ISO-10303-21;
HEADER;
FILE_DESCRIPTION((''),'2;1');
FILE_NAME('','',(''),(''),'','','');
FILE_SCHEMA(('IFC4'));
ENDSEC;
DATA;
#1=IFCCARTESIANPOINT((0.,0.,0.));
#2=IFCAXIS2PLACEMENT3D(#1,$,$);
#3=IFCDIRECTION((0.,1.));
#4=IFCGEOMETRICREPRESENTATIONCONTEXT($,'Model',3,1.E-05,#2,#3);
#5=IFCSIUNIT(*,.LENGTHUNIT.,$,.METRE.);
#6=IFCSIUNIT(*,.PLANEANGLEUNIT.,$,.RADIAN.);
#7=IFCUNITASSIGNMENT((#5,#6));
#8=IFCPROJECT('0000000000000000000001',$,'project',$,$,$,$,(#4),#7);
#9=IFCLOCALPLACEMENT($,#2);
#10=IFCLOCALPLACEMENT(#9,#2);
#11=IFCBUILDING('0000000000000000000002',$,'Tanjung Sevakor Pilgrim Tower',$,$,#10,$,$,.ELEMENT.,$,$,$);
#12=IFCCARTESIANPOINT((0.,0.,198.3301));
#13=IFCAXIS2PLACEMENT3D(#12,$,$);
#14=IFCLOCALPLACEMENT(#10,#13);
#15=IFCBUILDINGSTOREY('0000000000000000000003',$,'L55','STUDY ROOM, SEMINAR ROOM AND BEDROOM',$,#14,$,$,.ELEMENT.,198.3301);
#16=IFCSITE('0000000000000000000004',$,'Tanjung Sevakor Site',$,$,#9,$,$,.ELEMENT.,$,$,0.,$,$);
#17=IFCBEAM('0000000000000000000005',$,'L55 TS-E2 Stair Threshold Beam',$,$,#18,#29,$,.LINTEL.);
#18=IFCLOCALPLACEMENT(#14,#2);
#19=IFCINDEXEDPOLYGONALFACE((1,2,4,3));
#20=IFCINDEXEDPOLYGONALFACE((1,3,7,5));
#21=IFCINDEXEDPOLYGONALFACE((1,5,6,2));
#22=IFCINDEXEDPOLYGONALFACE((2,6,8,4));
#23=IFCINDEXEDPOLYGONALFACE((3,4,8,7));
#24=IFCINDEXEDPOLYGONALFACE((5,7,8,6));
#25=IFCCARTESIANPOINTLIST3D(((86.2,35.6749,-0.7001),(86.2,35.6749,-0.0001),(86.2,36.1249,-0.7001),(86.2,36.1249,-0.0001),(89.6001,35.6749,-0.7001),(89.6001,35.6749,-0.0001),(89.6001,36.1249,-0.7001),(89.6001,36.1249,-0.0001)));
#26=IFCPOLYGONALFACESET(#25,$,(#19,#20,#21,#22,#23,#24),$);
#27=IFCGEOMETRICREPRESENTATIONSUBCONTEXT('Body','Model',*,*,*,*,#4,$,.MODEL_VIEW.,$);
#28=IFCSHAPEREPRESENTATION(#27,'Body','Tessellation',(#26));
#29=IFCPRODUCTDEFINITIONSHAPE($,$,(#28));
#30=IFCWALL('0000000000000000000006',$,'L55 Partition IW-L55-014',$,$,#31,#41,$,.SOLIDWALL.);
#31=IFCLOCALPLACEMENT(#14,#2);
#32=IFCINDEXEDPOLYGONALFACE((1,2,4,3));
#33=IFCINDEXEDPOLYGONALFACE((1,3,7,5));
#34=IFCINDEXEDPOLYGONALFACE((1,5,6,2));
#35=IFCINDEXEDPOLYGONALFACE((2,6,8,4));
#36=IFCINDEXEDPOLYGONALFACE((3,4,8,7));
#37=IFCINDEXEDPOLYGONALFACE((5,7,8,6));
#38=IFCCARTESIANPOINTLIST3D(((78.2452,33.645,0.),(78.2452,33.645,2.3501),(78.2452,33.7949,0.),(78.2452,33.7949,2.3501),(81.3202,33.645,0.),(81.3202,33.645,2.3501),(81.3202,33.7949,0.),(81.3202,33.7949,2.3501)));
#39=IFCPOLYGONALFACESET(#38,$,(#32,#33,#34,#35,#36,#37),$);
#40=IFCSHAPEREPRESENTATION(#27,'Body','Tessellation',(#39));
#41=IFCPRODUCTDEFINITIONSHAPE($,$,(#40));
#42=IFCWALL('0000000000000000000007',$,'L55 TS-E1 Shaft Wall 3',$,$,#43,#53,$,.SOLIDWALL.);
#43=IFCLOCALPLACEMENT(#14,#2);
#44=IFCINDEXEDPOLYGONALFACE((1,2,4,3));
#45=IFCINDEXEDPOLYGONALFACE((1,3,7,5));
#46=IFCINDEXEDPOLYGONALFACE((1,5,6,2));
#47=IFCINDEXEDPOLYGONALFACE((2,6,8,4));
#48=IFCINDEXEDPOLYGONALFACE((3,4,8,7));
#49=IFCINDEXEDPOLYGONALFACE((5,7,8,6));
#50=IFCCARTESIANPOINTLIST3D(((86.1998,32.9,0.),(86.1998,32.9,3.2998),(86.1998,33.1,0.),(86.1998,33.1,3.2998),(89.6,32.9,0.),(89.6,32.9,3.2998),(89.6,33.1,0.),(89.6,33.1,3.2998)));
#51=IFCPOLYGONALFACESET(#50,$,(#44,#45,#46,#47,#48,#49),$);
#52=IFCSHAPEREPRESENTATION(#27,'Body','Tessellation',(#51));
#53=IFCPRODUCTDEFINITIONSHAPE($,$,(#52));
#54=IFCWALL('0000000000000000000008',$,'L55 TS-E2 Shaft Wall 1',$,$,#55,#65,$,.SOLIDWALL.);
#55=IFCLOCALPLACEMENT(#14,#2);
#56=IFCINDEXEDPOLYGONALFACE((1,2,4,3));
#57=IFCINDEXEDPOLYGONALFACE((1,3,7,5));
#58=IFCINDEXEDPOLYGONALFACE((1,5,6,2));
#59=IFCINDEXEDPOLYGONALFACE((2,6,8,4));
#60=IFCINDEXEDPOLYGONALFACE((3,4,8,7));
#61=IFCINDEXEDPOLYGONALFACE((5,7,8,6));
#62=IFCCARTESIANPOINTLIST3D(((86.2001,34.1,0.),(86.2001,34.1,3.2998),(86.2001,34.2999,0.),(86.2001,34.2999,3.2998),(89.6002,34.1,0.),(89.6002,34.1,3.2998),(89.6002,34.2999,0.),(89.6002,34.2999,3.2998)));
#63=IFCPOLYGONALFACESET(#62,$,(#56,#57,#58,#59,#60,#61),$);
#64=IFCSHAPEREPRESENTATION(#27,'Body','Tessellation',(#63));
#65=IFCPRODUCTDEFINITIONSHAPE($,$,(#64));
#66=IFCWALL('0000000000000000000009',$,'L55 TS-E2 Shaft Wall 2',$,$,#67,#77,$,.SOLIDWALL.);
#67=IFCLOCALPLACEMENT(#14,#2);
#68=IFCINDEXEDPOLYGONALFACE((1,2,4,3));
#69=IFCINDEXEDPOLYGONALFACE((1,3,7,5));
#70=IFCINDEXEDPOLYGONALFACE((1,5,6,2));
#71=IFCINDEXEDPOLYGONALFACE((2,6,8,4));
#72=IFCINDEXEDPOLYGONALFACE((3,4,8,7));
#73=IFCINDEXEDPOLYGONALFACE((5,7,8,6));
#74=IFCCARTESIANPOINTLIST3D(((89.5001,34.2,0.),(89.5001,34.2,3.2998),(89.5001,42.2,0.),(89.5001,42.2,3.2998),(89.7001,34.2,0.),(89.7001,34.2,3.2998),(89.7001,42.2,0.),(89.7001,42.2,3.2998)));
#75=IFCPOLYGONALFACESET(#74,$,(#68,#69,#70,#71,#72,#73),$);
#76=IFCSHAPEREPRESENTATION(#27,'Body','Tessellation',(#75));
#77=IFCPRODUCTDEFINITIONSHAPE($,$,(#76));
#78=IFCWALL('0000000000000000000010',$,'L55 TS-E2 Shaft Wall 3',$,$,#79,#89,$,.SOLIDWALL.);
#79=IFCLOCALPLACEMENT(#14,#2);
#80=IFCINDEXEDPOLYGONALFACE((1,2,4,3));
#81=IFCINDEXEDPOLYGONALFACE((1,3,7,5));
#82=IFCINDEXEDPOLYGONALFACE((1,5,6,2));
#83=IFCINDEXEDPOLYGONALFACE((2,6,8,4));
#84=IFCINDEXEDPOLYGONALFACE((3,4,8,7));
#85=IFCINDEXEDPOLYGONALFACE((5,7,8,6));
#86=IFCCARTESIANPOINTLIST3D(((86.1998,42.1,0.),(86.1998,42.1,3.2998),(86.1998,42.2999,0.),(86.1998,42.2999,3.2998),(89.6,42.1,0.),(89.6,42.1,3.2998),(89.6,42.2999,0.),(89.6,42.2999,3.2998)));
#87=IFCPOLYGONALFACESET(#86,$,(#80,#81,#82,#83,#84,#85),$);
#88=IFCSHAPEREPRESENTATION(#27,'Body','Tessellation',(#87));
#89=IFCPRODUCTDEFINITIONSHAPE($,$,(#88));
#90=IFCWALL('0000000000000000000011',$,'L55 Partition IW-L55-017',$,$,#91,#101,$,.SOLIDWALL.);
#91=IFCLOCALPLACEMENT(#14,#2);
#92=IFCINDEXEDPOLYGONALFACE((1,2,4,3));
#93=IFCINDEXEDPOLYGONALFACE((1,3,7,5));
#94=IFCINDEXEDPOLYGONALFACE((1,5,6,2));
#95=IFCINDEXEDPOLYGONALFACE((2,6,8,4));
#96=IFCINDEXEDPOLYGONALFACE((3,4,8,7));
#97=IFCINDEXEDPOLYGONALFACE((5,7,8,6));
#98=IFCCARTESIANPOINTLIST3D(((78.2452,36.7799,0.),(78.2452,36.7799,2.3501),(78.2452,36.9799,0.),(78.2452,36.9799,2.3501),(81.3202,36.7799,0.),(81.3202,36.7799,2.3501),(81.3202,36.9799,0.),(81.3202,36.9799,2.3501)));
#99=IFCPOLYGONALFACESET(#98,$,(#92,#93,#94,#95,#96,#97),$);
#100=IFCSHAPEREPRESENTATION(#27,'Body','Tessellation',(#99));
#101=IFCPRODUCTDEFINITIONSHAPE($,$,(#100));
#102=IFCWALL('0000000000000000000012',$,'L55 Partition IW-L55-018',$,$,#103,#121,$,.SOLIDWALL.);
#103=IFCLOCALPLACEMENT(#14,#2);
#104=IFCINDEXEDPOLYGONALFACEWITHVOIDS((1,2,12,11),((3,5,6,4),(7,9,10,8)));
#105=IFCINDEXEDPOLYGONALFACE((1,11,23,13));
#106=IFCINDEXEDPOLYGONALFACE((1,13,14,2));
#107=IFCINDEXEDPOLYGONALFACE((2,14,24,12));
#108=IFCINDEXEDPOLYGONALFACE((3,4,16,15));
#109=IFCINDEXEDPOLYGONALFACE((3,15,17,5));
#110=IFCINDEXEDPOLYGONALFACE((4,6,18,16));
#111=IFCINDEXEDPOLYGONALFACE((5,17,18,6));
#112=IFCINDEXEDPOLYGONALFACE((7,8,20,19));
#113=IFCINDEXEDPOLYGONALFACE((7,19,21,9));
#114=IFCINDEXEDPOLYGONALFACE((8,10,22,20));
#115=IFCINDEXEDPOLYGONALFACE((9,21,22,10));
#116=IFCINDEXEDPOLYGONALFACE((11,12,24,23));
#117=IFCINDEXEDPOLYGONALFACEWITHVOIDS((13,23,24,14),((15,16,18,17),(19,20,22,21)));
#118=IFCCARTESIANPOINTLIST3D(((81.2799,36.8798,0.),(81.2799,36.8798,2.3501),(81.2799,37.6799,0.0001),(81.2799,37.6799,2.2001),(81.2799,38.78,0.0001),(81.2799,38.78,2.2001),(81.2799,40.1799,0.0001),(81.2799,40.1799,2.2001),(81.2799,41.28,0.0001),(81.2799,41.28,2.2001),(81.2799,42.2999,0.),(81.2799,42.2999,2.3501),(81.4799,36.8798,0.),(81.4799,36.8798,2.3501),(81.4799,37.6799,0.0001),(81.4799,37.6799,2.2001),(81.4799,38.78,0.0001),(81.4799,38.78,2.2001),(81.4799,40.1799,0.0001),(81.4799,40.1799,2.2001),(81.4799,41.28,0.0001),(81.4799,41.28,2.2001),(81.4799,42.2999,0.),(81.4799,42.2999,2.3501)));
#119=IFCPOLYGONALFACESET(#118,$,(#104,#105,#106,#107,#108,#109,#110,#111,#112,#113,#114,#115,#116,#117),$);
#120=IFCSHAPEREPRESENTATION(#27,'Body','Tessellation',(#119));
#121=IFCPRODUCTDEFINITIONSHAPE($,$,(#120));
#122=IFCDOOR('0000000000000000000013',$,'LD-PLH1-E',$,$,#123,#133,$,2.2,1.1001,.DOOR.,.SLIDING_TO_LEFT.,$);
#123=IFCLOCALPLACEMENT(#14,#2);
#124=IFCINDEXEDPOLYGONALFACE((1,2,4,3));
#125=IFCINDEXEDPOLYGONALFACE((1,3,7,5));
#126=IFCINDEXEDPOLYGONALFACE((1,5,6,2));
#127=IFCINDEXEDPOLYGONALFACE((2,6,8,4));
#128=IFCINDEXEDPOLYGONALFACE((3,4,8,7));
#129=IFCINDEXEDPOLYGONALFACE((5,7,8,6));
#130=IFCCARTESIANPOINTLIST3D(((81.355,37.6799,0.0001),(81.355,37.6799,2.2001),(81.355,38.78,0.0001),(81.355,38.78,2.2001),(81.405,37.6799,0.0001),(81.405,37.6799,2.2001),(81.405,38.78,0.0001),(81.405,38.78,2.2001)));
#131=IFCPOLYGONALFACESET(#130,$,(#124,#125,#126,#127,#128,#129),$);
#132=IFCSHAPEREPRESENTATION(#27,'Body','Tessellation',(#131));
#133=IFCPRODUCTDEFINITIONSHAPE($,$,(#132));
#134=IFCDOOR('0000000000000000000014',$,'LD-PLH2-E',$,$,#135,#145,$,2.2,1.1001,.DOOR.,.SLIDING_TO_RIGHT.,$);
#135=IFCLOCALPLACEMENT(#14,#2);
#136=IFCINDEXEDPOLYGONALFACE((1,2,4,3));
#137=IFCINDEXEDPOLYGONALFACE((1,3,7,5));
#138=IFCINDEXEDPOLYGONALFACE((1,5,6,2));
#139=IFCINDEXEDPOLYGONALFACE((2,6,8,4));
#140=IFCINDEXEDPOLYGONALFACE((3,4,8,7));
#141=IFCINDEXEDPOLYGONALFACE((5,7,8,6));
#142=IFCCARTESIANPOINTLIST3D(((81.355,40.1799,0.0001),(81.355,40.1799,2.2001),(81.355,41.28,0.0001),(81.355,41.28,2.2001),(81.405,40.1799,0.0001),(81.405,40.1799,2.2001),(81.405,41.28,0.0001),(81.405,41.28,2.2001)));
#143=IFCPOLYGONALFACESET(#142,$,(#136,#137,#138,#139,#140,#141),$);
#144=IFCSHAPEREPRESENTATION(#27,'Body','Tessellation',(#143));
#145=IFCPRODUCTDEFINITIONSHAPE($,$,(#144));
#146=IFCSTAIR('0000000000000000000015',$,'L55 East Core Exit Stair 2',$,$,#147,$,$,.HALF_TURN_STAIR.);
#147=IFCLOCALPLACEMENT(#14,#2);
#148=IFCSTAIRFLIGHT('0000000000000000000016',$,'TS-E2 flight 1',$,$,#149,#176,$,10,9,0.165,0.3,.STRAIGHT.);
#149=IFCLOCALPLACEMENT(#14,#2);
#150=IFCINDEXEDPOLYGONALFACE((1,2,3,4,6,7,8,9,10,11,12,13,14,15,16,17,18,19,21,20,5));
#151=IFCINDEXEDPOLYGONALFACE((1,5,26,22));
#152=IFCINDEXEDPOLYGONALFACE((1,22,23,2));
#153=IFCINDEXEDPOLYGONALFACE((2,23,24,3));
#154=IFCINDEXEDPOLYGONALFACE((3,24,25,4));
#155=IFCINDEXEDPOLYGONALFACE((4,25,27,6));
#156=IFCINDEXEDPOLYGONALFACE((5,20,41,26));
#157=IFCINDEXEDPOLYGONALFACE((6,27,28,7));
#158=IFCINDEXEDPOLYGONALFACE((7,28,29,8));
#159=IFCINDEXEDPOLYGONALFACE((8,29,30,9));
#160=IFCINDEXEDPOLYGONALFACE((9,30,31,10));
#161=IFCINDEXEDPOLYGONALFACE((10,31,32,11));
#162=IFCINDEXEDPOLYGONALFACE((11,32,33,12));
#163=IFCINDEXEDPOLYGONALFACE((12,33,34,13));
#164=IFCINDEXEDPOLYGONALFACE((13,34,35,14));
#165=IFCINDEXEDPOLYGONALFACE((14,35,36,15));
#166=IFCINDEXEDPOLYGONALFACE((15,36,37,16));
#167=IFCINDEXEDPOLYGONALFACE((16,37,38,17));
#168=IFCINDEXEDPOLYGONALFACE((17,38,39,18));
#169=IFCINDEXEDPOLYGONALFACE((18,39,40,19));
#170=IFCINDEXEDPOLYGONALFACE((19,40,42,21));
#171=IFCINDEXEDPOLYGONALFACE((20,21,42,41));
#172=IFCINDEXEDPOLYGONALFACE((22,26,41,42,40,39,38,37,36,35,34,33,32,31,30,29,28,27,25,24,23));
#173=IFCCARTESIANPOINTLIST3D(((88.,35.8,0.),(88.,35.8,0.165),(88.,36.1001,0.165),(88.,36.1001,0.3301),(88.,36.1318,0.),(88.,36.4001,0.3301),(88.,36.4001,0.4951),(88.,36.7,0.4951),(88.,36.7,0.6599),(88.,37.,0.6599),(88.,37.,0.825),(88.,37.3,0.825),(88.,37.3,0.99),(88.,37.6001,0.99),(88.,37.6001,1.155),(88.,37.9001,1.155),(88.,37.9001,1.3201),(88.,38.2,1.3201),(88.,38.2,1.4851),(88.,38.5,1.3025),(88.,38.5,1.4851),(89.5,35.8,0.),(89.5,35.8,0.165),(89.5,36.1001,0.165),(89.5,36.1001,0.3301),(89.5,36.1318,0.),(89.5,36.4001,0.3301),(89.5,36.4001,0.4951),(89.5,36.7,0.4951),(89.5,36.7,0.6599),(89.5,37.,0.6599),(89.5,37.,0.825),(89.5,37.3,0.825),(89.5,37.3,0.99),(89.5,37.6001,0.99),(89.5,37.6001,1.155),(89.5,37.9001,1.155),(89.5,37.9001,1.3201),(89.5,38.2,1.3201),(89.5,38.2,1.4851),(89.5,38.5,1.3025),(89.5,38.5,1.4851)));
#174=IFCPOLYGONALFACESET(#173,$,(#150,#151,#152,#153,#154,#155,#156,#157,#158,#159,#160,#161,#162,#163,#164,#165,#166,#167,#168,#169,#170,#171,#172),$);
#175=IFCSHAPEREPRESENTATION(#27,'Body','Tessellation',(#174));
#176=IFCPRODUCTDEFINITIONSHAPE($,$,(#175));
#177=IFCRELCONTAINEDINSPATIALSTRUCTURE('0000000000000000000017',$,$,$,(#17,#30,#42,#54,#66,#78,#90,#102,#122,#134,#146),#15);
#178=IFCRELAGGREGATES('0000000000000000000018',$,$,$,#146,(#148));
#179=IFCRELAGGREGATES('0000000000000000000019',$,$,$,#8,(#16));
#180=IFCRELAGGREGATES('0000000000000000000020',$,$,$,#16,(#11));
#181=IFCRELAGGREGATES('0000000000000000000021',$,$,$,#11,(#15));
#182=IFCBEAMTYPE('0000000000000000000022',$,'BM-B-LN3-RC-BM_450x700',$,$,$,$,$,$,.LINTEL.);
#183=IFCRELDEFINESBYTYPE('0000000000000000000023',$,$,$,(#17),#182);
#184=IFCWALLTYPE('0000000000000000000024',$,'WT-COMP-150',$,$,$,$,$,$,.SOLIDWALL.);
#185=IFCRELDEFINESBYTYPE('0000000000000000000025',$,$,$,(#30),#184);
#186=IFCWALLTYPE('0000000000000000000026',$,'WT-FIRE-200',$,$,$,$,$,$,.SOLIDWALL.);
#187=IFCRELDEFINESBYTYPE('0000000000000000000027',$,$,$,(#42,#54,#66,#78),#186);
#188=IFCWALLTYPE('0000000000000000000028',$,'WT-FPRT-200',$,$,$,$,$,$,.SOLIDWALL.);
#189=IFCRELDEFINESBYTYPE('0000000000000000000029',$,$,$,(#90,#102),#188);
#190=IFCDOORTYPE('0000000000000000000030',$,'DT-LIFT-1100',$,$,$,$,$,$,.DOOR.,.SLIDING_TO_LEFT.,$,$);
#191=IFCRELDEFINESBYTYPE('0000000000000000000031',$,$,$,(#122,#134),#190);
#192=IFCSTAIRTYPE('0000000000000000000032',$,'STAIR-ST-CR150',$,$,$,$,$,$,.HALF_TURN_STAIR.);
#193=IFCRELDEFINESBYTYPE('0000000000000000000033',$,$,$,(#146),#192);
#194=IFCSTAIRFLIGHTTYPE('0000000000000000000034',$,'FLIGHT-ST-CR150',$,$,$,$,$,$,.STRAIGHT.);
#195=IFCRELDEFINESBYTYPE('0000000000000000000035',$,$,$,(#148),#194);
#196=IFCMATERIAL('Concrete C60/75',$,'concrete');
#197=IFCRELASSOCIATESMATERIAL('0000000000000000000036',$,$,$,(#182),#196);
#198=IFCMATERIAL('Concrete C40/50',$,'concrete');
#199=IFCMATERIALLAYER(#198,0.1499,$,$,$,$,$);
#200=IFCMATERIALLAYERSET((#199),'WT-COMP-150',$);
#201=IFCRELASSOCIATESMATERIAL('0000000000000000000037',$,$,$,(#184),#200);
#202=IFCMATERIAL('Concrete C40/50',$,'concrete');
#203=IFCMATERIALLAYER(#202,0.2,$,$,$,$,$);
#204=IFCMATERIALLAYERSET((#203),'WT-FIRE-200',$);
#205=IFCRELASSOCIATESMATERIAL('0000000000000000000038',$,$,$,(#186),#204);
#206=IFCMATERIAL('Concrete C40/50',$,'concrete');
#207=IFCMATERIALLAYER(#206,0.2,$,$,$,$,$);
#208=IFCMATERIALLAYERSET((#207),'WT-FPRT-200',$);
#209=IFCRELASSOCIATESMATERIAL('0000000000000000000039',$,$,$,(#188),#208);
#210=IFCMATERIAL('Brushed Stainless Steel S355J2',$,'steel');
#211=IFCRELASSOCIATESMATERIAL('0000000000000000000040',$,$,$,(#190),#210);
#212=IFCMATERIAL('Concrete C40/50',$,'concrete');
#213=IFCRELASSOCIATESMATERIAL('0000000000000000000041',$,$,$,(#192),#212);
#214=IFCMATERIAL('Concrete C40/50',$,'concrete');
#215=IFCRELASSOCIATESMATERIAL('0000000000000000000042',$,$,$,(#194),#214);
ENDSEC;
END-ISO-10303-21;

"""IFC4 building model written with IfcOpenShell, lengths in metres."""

from ifc_helpers import new_model, si_unit, direction, frame, frame_2d, origin, origin_2d, place, context, subcontext, project, spatial, polyline, rectangle, outline, extrude, material, layer, layer_set, material_profile, profile_set, type_object, element, fill, aggregate, save


model = new_model("IFC4")

# Units and contexts
model_context = context("Model", 3, precision=1e-05, world=origin(), true_north=direction((0.0, 1.0)))
body_context = subcontext(model_context, "Body", "Model", "MODEL_VIEW")
ifc_project = project(units=[si_unit("LENGTHUNIT", "METRE"), si_unit("PLANEANGLEUNIT", "RADIAN")], contexts=[model_context])

# Site, building, storey
site_placement = place(None, origin())
site = spatial("IfcSite", under=ifc_project, at=site_placement, Name="Tanjung Sevakor Site", CompositionType="ELEMENT", RefElevation=0.0)
building_placement = place(site_placement, origin())
building = spatial("IfcBuilding", under=site, at=building_placement, Name="Tanjung Sevakor Pilgrim Tower", CompositionType="ELEMENT")
storey_placement = place(building_placement, frame((0.0, 0.0, 198.3301)))
storey = spatial("IfcBuildingStorey", under=building, at=storey_placement, Name="L55", Description="STUDY ROOM, SEMINAR ROOM AND BEDROOM", CompositionType="ELEMENT", Elevation=198.3301)

# Beam
ifc_material_1 = material(Name="Concrete C60/75", Category="concrete")
ifc_material_profile = material_profile(ifc_material_1, rectangle(XDim=0.45, YDim=0.7, at=origin_2d()))
ifc_profile_set = profile_set([ifc_material_profile], Name="Concrete C60/75")
beam_type = type_object("IfcBeamType", Name="BM-B-LN3-RC-BM_450x700", PredefinedType="LINTEL", material=ifc_profile_set)
beam_placement = place(storey_placement, frame((86.2, 35.8999, -0.3501), z_axis=(1.0, 0.0, 0.0), x_axis=(0.0, 1.0, 0.0)))
element("IfcBeam", 1, at=beam_placement, inside=storey, type_object=beam_type, Name="L55 TS-E2 Stair Threshold Beam", PredefinedType="LINTEL", context=body_context, shape_type="SweptSolid", body=[
    extrude(rectangle(XDim=0.45, YDim=0.7, at=origin_2d()), origin(), (0.0, 0.0, 1.0), 3.4001),
])

# Wall
ifc_material_2 = material(Name="Concrete C40/50", Category="concrete")
ifc_layer_1 = layer(ifc_material_2, 0.1499)
ifc_layer_set_1 = layer_set([ifc_layer_1], Name="WT-COMP-150")
wall_type_1 = type_object("IfcWallType", Name="WT-COMP-150", PredefinedType="SOLIDWALL", material=ifc_layer_set_1)
wall_1_placement = place(storey_placement, frame((78.2451, 33.72, 0.0), z_axis=(0.0, 0.0, 1.0), x_axis=(1.0, 0.0, 0.0)))
element("IfcWall", 2, at=wall_1_placement, inside=storey, type_object=wall_type_1, Name="L55 Partition IW-L55-014", PredefinedType="SOLIDWALL", context=body_context, shape_type="SweptSolid", body=[
    extrude(rectangle(XDim=3.075, YDim=0.1499, at=frame_2d((1.5376, 0.0))), origin(), (0.0, 0.0, 1.0), 2.3501),
])

# Walls
ifc_material_3 = material(Name="Concrete C40/50", Category="concrete")
ifc_layer_2 = layer(ifc_material_3, 0.2)
ifc_layer_set_2 = layer_set([ifc_layer_2], Name="WT-FIRE-200")
wall_type_2 = type_object("IfcWallType", Name="WT-FIRE-200", PredefinedType="SOLIDWALL", material=ifc_layer_set_2)
for number, where, z_axis, x_axis, name in (
    (3, (89.6001, 33.0, 0.0), (0.0, 0.0, 1.0), (-1.0, 0.0, 0.0), "L55 TS-E1 Shaft Wall 3"),
    (4, (86.2, 34.2, 0.0), (0.0, 0.0, 1.0), (1.0, 0.0, 0.0), "L55 TS-E2 Shaft Wall 1"),
):
    element("IfcWall", number, at=place(storey_placement, frame(where, z_axis=z_axis, x_axis=x_axis)), inside=storey, type_object=wall_type_2, Name=name, PredefinedType="SOLIDWALL", context=body_context, shape_type="SweptSolid", body=[
        extrude(rectangle(XDim=3.4001, YDim=0.2, at=frame_2d((1.7002, 0.0))), origin(), (0.0, 0.0, 1.0), 3.2998),
    ])
wall_2_placement = place(storey_placement, frame((89.6001, 34.2, 0.0), z_axis=(0.0, 0.0, 1.0), x_axis=(0.0, 1.0, 0.0)))
element("IfcWall", 5, at=wall_2_placement, inside=storey, type_object=wall_type_2, Name="L55 TS-E2 Shaft Wall 2", PredefinedType="SOLIDWALL", context=body_context, shape_type="SweptSolid", body=[
    extrude(rectangle(XDim=8.0, YDim=0.2, at=frame_2d((4.0, 0.0))), origin(), (0.0, 0.0, 1.0), 3.2998),
])
wall_3_placement = place(storey_placement, frame((89.6001, 42.2, 0.0), z_axis=(0.0, 0.0, 1.0), x_axis=(-1.0, 0.0, 0.0)))
element("IfcWall", 6, at=wall_3_placement, inside=storey, type_object=wall_type_2, Name="L55 TS-E2 Shaft Wall 3", PredefinedType="SOLIDWALL", context=body_context, shape_type="SweptSolid", body=[
    extrude(rectangle(XDim=3.4001, YDim=0.2, at=frame_2d((1.7002, 0.0))), origin(), (0.0, 0.0, 1.0), 3.2998),
])
ifc_material_4 = material(Name="Concrete C40/50", Category="concrete")
ifc_layer_3 = layer(ifc_material_4, 0.2)
ifc_layer_set_3 = layer_set([ifc_layer_3], Name="WT-FPRT-200")
wall_type_3 = type_object("IfcWallType", Name="WT-FPRT-200", PredefinedType="SOLIDWALL", material=ifc_layer_set_3)
wall_4_placement = place(storey_placement, frame((78.2451, 36.8799, 0.0), z_axis=(0.0, 0.0, 1.0), x_axis=(1.0, 0.0, 0.0)))
element("IfcWall", 7, at=wall_4_placement, inside=storey, type_object=wall_type_3, Name="L55 Partition IW-L55-017", PredefinedType="SOLIDWALL", context=body_context, shape_type="SweptSolid", body=[
    extrude(rectangle(XDim=3.075, YDim=0.2, at=frame_2d((1.5376, 0.0))), origin(), (0.0, 0.0, 1.0), 2.3501),
])

# Wall, openings, doors
wall_5_placement = place(storey_placement, frame((81.3799, 36.8799, 0.0), z_axis=(0.0, 0.0, 1.0), x_axis=(0.0, 1.0, 0.0)))
wall_5 = element("IfcWall", 8, at=wall_5_placement, inside=storey, type_object=wall_type_3, Name="L55 Partition IW-L55-018", PredefinedType="SOLIDWALL", context=body_context, shape_type="SweptSolid", body=[
    extrude(rectangle(XDim=5.4202, YDim=0.2, at=frame_2d((2.71, 0.0))), origin(), (0.0, 0.0, 1.0), 2.3501),
])
opening_1_placement = place(wall_5_placement, frame((0.8, 0.0, 0.0)))
opening_1 = element("IfcOpeningElement", 9, at=opening_1_placement, cuts=wall_5, PredefinedType="OPENING", context=body_context, shape_type="SweptSolid", body=[
    extrude(rectangle(XDim=1.1001, YDim=2.2, at=frame_2d((0.55, 1.1001))), frame((0.0, 0.1099, 0.0), z_axis=(0.0, -1.0, 0.0), x_axis=(1.0, 0.0, 0.0)), (0.0, 0.0, 1.0), 0.22),
])
opening_2_placement = place(wall_5_placement, frame((3.3, 0.0, 0.0)))
opening_2 = element("IfcOpeningElement", 10, at=opening_2_placement, cuts=wall_5, PredefinedType="OPENING", context=body_context, shape_type="SweptSolid", body=[
    extrude(rectangle(XDim=1.1001, YDim=2.2, at=frame_2d((0.55, 1.1001))), frame((0.0, 0.1099, 0.0), z_axis=(0.0, -1.0, 0.0), x_axis=(1.0, 0.0, 0.0)), (0.0, 0.0, 1.0), 0.22),
])
ifc_material_5 = material(Name="Brushed Stainless Steel S355J2", Category="steel")
door_type_1 = type_object("IfcDoorType", Name="DT-LIFT-1100", OperationType="SLIDING_TO_LEFT", PredefinedType="DOOR", material=ifc_material_5)
door_1_placement = place(opening_1_placement, origin())
door_1 = element("IfcDoor", 11, at=door_1_placement, inside=storey, type_object=door_type_1, Name="LD-PLH1-E", OperationType="SLIDING_TO_LEFT", OverallHeight=2.2, OverallWidth=1.1001, PredefinedType="DOOR", context=body_context, shape_type="SweptSolid", body=[
    extrude(rectangle(XDim=1.1001, YDim=2.2, at=frame_2d((0.55, 1.1001))), frame((0.0, 0.0249, 0.0), z_axis=(0.0, -1.0, 0.0), x_axis=(1.0, 0.0, 0.0)), (0.0, 0.0, 1.0), 0.05),
])
fill(opening_1, door_1)
door_2_placement = place(opening_2_placement, origin())
door_2 = element("IfcDoor", 12, at=door_2_placement, inside=storey, type_object=door_type_1, Name="LD-PLH2-E", OperationType="SLIDING_TO_RIGHT", OverallHeight=2.2, OverallWidth=1.1001, PredefinedType="DOOR", context=body_context, shape_type="SweptSolid", body=[
    extrude(rectangle(XDim=1.1001, YDim=2.2, at=frame_2d((0.55, 1.1001))), frame((0.0, 0.0249, 0.0), z_axis=(0.0, -1.0, 0.0), x_axis=(1.0, 0.0, 0.0)), (0.0, 0.0, 1.0), 0.05),
])
fill(opening_2, door_2)

# Stair, stair flight
ifc_material_6 = material(Name="Concrete C40/50", Category="concrete")
stair_type = type_object("IfcStairType", Name="STAIR-ST-CR150", PredefinedType="HALF_TURN_STAIR", material=ifc_material_6)
stair_placement = place(storey_placement, origin())
stair = element("IfcStair", 13, at=stair_placement, inside=storey, type_object=stair_type, Name="L55 East Core Exit Stair 2", PredefinedType="HALF_TURN_STAIR")
ifc_material_7 = material(Name="Concrete C40/50", Category="concrete")
stair_flight_type = type_object("IfcStairFlightType", Name="FLIGHT-ST-CR150", PredefinedType="STRAIGHT", material=ifc_material_7)
stair_flight_1_placement = place(storey_placement, frame((88.75, 35.8, 0.0), z_axis=(0.0, 0.0, 1.0), x_axis=(0.0, 1.0, 0.0)))
stair_flight_1 = element("IfcStairFlight", 14, at=stair_flight_1_placement, type_object=stair_flight_type, Name="TS-E2 flight 1", NumberOfRisers=10, NumberOfTreads=9, PredefinedType="STRAIGHT", RiserHeight=0.165, TreadLength=0.3, context=body_context, shape_type="SweptSolid", body=[
    extrude(outline(polyline([(0.0, 0.0), (0.0, 0.165), (0.3, 0.165), (0.3, 0.3301), (0.6001, 0.3301), (0.6001, 0.4951), (0.8999, 0.4951), (0.8999, 0.6599), (1.2, 0.6599), (1.2, 0.825), (1.5, 0.825), (1.5, 0.99), (1.8, 0.99), (1.8, 1.155), (2.1001, 1.155), (2.1001, 1.3201), (2.3999, 1.3201), (2.3999, 1.4851), (2.7, 1.4851), (2.7, 1.6499), (2.7, 1.3025), (0.3318, 0.0), (0.0, 0.0)])), frame((0.0, 0.75, 0.0), z_axis=(0.0, -1.0, 0.0), x_axis=(1.0, 0.0, 0.0)), (0.0, 0.0, 1.0), 1.5),
])
aggregate(stair, [stair_flight_1])

save(model, "model.ifc")
